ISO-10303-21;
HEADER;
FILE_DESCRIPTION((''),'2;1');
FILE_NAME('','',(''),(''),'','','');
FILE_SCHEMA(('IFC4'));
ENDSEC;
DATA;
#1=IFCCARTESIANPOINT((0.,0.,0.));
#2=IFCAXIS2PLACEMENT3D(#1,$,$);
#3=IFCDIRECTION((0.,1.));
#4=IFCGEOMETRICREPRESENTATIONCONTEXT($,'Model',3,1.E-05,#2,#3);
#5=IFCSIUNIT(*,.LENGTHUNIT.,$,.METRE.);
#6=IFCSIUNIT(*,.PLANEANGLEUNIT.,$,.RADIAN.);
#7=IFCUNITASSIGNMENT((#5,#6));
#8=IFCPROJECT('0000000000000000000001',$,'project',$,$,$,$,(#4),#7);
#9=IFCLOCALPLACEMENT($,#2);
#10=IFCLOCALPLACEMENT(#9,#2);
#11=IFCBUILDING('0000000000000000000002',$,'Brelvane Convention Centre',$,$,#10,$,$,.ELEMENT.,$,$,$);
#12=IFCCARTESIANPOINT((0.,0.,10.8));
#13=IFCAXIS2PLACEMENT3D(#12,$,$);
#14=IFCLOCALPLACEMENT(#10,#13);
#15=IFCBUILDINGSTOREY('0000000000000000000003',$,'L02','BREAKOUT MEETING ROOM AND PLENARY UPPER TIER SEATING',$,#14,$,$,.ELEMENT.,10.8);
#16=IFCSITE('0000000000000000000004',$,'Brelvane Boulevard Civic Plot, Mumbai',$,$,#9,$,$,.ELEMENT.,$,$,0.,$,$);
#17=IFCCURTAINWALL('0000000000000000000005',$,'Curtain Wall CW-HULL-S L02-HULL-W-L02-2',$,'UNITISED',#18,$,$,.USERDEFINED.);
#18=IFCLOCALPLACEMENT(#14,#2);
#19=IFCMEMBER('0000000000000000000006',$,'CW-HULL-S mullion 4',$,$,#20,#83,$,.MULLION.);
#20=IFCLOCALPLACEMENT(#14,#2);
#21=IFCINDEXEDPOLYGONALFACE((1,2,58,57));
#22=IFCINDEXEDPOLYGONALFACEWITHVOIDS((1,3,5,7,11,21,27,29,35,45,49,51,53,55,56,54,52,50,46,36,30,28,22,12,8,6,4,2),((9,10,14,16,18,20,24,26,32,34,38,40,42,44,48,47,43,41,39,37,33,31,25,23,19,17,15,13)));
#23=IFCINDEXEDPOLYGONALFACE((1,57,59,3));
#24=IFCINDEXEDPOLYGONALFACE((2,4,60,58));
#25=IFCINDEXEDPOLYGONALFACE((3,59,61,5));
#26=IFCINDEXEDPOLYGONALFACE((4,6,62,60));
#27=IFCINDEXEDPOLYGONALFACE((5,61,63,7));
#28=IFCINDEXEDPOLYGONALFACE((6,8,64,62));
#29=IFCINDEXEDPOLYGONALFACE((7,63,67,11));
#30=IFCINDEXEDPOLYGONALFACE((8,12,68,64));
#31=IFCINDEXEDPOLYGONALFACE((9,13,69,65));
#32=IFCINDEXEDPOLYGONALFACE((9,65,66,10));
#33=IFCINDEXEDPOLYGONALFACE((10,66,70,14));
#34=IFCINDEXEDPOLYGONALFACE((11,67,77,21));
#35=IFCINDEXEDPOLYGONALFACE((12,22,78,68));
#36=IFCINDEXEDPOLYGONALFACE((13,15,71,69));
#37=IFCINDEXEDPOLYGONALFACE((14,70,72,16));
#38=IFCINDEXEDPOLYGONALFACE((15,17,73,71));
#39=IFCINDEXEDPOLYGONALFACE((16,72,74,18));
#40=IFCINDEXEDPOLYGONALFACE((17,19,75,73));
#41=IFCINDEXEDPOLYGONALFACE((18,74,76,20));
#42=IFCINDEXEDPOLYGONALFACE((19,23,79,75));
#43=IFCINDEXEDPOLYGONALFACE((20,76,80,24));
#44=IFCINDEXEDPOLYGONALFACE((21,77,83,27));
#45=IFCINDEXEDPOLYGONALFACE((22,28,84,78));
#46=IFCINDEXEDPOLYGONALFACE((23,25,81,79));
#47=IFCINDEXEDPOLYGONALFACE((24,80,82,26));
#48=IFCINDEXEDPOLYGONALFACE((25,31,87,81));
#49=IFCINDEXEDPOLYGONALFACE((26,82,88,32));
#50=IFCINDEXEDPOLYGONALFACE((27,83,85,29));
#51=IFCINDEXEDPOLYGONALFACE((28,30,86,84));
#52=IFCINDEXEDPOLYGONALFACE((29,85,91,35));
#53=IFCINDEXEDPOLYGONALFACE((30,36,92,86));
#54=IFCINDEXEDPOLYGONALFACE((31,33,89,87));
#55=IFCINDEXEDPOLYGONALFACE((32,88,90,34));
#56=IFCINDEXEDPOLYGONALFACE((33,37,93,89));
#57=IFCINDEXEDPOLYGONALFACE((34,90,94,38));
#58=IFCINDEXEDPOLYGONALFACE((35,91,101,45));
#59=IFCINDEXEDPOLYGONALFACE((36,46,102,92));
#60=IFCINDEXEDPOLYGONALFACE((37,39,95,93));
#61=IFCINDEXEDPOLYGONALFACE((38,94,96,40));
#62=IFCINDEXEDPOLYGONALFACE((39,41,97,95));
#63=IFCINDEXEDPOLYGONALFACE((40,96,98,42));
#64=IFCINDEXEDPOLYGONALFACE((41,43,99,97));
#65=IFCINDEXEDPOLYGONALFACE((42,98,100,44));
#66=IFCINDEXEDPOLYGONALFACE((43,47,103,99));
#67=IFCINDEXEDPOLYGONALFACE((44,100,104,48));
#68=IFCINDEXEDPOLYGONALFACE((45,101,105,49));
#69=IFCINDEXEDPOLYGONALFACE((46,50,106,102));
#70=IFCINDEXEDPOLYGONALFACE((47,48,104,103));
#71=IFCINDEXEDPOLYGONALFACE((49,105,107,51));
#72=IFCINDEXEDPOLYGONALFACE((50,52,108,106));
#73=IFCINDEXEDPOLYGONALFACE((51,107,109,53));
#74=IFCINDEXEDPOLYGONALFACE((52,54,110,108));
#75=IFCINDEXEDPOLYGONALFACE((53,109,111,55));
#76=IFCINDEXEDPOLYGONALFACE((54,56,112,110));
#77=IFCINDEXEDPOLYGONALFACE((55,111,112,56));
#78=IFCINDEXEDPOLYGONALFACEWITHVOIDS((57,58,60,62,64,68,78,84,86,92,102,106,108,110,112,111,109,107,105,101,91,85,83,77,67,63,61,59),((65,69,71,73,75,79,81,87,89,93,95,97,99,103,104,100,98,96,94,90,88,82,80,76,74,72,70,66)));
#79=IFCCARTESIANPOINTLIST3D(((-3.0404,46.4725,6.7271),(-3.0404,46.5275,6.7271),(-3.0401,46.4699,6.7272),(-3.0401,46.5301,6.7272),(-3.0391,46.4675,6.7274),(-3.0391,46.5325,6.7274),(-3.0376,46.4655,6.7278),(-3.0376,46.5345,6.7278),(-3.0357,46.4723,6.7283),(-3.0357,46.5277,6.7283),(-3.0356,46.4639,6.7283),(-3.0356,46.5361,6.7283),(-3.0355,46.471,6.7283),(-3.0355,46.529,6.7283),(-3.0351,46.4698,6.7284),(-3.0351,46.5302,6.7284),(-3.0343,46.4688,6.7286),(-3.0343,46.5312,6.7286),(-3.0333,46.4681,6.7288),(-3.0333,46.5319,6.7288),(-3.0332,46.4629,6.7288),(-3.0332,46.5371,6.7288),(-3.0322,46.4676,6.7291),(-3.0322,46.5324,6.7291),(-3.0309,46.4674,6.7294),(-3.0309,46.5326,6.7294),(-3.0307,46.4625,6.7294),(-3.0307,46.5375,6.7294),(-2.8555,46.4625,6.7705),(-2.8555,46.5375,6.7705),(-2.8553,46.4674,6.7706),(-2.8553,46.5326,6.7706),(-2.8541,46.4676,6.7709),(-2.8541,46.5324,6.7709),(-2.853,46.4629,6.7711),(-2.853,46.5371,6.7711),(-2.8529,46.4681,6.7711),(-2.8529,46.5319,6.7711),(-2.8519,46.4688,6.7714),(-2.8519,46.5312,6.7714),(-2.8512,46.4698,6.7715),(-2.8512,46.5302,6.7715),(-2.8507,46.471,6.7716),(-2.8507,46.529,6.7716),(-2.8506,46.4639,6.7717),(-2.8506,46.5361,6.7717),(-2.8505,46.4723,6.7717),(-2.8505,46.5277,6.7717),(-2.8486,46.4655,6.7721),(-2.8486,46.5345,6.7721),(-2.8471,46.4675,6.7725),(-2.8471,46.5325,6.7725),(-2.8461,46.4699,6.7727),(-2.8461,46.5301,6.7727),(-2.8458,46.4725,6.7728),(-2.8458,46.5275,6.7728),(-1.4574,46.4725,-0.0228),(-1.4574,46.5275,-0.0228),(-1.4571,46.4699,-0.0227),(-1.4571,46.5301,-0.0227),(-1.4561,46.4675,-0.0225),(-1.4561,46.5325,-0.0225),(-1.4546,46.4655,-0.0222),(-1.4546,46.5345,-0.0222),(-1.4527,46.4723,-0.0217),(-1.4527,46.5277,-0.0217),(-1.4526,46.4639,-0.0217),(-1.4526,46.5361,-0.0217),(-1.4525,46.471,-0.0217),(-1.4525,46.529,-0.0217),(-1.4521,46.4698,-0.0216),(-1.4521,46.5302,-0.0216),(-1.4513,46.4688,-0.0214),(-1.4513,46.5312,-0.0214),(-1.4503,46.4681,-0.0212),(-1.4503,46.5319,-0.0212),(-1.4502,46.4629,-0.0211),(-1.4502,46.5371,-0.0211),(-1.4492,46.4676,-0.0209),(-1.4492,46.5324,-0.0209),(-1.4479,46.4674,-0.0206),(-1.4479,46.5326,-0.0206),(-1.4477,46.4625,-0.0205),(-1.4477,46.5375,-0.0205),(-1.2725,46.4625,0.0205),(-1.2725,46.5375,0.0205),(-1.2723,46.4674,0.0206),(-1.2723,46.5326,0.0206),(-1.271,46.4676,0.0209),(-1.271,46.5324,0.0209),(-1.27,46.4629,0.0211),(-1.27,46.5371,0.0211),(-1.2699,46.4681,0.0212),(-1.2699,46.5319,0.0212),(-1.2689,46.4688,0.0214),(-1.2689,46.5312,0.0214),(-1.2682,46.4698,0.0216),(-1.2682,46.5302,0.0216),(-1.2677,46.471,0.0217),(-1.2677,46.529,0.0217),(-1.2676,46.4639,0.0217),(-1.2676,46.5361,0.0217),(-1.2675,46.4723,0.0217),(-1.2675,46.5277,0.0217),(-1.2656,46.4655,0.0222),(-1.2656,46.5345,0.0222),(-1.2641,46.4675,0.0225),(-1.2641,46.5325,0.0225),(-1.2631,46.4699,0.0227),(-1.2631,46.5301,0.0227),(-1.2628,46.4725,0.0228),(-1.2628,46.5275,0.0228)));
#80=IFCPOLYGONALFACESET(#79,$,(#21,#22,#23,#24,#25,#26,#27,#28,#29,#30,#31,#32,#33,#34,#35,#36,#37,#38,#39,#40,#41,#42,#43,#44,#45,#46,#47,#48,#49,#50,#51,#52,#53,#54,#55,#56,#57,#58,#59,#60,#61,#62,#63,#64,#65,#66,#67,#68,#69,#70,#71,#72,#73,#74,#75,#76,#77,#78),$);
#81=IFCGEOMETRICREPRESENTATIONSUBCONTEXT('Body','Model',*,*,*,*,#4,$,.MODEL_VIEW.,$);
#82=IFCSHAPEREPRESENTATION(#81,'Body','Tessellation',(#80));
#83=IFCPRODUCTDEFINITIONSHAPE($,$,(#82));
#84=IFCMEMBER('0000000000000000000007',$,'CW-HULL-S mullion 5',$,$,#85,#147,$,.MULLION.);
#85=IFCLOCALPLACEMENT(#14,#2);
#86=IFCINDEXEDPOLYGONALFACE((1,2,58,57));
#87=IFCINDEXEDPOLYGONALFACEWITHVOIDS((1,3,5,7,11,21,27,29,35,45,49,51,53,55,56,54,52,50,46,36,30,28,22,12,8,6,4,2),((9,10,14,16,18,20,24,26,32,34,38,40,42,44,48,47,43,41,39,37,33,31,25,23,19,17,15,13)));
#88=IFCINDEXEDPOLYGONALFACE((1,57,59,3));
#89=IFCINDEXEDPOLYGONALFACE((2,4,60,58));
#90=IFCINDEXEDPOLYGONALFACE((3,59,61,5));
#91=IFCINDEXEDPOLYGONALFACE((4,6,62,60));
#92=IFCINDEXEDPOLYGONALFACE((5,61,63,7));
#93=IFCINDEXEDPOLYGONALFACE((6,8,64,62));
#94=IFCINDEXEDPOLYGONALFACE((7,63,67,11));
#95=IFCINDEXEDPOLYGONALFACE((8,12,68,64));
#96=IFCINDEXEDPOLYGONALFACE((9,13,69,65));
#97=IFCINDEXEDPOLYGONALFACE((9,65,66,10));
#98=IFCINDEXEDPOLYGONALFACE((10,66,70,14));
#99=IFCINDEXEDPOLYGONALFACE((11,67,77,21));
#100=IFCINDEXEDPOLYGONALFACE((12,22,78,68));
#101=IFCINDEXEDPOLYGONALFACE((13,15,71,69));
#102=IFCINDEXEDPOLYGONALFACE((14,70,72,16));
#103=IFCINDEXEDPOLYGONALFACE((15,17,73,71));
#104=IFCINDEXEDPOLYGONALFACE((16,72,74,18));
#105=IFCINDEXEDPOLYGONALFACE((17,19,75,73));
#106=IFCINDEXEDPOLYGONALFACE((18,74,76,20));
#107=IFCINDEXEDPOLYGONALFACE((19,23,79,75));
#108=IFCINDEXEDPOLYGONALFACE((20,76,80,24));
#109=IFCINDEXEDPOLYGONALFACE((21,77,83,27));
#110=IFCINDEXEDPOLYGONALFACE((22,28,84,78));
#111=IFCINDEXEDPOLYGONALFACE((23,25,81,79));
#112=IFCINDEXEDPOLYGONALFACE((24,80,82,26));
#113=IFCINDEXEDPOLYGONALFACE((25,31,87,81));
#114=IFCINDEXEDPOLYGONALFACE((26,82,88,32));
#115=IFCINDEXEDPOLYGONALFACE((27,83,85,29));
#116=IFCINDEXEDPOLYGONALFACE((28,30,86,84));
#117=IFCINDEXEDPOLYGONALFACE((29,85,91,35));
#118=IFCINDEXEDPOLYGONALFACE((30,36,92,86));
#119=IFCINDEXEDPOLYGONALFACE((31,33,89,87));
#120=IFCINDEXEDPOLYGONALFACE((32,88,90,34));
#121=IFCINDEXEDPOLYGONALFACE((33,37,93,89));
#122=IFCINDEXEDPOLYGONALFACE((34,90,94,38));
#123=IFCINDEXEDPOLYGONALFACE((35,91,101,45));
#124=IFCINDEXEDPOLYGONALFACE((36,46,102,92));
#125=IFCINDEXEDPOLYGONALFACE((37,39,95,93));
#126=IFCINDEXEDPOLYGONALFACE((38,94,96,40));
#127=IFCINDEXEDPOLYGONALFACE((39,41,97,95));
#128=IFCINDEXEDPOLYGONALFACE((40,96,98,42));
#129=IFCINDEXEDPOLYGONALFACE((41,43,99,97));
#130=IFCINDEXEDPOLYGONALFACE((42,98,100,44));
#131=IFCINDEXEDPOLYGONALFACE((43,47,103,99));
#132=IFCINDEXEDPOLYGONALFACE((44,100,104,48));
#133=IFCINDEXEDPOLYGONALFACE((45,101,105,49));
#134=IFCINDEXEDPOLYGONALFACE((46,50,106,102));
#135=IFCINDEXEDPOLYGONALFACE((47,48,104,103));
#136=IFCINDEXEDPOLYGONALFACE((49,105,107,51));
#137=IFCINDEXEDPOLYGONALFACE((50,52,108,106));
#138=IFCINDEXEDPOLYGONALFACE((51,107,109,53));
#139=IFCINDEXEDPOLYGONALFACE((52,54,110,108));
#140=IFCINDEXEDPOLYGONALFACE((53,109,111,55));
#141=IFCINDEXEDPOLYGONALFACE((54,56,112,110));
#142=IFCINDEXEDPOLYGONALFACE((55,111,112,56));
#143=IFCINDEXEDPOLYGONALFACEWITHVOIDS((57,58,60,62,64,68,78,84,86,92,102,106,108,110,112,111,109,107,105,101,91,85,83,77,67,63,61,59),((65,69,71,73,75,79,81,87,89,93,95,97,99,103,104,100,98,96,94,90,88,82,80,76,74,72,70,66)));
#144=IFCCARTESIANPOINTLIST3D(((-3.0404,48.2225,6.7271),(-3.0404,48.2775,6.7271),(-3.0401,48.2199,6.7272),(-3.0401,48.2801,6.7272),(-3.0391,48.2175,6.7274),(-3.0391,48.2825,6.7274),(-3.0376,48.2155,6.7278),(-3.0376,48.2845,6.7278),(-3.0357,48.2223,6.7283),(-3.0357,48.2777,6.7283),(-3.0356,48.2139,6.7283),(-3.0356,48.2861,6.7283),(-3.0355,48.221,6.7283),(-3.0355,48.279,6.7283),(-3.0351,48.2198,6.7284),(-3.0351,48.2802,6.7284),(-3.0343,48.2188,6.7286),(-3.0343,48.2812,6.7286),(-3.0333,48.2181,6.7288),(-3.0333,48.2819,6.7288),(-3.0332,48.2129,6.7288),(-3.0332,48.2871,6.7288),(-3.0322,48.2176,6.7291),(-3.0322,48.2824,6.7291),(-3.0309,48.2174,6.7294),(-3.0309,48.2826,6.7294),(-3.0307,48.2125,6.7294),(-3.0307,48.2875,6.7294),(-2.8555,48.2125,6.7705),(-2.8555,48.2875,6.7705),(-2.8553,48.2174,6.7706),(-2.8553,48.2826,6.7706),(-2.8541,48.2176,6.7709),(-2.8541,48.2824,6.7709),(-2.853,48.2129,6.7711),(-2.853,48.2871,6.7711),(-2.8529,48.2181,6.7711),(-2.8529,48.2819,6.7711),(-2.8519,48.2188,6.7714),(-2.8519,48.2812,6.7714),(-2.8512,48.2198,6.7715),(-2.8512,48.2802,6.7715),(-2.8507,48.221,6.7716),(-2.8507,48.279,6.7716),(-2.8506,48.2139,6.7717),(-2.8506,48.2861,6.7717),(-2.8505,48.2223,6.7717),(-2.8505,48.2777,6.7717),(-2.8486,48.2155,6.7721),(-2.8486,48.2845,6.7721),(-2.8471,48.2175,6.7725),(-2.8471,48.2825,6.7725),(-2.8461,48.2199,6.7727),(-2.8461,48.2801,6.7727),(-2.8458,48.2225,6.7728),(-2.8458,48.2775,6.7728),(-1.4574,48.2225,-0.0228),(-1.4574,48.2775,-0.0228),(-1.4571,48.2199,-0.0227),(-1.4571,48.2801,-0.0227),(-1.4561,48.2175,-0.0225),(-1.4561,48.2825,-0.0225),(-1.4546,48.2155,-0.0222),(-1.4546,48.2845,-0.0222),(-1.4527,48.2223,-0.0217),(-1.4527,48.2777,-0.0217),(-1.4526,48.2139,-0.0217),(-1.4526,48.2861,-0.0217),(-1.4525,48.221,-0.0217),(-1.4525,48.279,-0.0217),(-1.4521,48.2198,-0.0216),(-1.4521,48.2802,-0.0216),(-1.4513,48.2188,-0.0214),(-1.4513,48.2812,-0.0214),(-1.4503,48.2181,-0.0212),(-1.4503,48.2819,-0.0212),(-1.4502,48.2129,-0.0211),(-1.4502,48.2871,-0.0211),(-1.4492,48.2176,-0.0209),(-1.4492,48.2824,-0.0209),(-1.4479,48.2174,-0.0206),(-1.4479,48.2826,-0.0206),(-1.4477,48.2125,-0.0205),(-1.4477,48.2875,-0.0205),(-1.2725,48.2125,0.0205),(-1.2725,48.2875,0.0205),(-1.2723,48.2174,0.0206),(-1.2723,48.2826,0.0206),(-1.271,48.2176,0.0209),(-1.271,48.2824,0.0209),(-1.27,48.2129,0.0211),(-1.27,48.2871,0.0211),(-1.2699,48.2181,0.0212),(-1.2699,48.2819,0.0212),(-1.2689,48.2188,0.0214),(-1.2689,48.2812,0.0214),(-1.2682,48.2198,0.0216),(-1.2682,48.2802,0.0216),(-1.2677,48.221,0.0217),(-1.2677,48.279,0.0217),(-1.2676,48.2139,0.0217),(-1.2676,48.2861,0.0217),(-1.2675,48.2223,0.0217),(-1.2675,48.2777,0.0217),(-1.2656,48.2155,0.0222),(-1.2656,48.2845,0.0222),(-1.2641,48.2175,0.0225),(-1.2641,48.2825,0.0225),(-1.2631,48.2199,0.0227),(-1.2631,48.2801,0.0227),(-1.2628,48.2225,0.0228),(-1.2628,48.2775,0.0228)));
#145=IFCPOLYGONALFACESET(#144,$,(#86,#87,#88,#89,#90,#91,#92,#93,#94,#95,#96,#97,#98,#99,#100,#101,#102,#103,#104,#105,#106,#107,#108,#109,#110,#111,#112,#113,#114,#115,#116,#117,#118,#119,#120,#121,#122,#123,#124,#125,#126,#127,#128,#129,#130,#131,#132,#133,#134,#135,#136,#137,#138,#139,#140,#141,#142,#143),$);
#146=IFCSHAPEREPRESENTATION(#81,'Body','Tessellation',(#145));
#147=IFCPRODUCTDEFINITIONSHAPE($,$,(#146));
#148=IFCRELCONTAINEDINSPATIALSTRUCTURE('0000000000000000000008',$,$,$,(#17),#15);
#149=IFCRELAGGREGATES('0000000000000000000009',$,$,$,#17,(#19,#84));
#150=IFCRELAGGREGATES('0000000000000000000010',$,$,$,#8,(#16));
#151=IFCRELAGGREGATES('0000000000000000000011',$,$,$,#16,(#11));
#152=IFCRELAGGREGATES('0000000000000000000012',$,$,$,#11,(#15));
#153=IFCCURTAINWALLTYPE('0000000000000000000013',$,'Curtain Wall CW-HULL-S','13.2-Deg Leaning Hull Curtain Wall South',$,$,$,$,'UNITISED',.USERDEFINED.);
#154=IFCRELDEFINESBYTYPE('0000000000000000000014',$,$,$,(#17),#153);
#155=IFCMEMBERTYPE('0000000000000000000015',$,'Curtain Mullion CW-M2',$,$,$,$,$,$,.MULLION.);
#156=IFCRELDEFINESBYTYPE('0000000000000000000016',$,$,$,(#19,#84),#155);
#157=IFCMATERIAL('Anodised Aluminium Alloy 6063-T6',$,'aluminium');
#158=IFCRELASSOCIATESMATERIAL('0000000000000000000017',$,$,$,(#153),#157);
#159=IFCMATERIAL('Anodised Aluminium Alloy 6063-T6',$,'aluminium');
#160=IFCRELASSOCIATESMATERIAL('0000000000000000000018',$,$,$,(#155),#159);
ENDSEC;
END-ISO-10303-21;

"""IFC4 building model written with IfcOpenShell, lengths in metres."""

from ifc_helpers import new_model, si_unit, direction, frame, origin, origin_2d, place, context, subcontext, project, spatial, hollow_rectangle, extrude, material, material_profile, profile_set, type_object, element, aggregate, save


model = new_model("IFC4")

# Units and contexts
model_context = context("Model", 3, precision=1e-05, world=origin(), true_north=direction((0.0, 1.0)))
body_context = subcontext(model_context, "Body", "Model", "MODEL_VIEW")
ifc_project = project(units=[si_unit("LENGTHUNIT", "METRE"), si_unit("PLANEANGLEUNIT", "RADIAN")], contexts=[model_context])

# Site, building, storey
site_placement = place(None, origin())
site = spatial("IfcSite", under=ifc_project, at=site_placement, Name="Brelvane Boulevard Civic Plot, Mumbai", CompositionType="ELEMENT", RefElevation=0.0)
building_placement = place(site_placement, origin())
building = spatial("IfcBuilding", under=site, at=building_placement, Name="Brelvane Convention Centre", CompositionType="ELEMENT")
storey_placement = place(building_placement, frame((0.0, 0.0, 10.8)))
storey = spatial("IfcBuildingStorey", under=building, at=storey_placement, Name="L02", Description="BREAKOUT MEETING ROOM AND PLENARY UPPER TIER SEATING", CompositionType="ELEMENT", Elevation=10.8)

# Curtain wall, members
ifc_material_1 = material(Name="Anodised Aluminium Alloy 6063-T6", Category="aluminium")
curtain_wall_type = type_object("IfcCurtainWallType", Name="Curtain Wall CW-HULL-S", Description="13.2-Deg Leaning Hull Curtain Wall South", ElementType="UNITISED", PredefinedType="USERDEFINED", material=ifc_material_1)
curtain_wall_placement = place(storey_placement, origin())
curtain_wall = element("IfcCurtainWall", 1, at=curtain_wall_placement, inside=storey, type_object=curtain_wall_type, Name="Curtain Wall CW-HULL-S L02-HULL-W-L02-2", ObjectType="UNITISED", PredefinedType="USERDEFINED")
ifc_material_2 = material(Name="Anodised Aluminium Alloy 6063-T6", Category="aluminium")
ifc_material_profile_1 = material_profile(ifc_material_2, hollow_rectangle(XDim=0.075, YDim=0.2, WallThickness=0.0049, InnerFilletRadius=0.0049, OuterFilletRadius=0.01, at=origin_2d()), Name="ALU-M 200x75x5.0")
ifc_profile_set_1 = profile_set([ifc_material_profile_1], Name="Anodised Aluminium Alloy 6063-T6")
member_type_1 = type_object("IfcMemberType", Name="Curtain Mullion CW-M2", PredefinedType="MULLION", material=ifc_profile_set_1)
member_1_placement = place(storey_placement, frame((-1.3601, 46.5, 0.0), z_axis=(-0.228325, 0.0, 0.973585), x_axis=(0.0, -1.0, 0.0)))
member_1 = element("IfcMember", 2, at=member_1_placement, type_object=member_type_1, Name="CW-HULL-S mullion 4", PredefinedType="MULLION", context=body_context, shape_type="SweptSolid", body=[
    extrude(hollow_rectangle(XDim=0.075, YDim=0.2, WallThickness=0.0049, InnerFilletRadius=0.0049, OuterFilletRadius=0.01, at=origin_2d()), origin(), (0.0, 0.0, 1.0), 6.9331),
])
member_2_placement = place(storey_placement, frame((-1.3601, 48.25, 0.0), z_axis=(-0.228325, 0.0, 0.973585), x_axis=(0.0, -1.0, 0.0)))
member_2 = element("IfcMember", 3, at=member_2_placement, type_object=member_type_1, Name="CW-HULL-S mullion 5", PredefinedType="MULLION", context=body_context, shape_type="SweptSolid", body=[
    extrude(hollow_rectangle(XDim=0.075, YDim=0.2, WallThickness=0.0049, InnerFilletRadius=0.0049, OuterFilletRadius=0.01, at=origin_2d()), origin(), (0.0, 0.0, 1.0), 6.9331),
])
aggregate(curtain_wall, [member_1, member_2])

save(model, "model.ifc")
